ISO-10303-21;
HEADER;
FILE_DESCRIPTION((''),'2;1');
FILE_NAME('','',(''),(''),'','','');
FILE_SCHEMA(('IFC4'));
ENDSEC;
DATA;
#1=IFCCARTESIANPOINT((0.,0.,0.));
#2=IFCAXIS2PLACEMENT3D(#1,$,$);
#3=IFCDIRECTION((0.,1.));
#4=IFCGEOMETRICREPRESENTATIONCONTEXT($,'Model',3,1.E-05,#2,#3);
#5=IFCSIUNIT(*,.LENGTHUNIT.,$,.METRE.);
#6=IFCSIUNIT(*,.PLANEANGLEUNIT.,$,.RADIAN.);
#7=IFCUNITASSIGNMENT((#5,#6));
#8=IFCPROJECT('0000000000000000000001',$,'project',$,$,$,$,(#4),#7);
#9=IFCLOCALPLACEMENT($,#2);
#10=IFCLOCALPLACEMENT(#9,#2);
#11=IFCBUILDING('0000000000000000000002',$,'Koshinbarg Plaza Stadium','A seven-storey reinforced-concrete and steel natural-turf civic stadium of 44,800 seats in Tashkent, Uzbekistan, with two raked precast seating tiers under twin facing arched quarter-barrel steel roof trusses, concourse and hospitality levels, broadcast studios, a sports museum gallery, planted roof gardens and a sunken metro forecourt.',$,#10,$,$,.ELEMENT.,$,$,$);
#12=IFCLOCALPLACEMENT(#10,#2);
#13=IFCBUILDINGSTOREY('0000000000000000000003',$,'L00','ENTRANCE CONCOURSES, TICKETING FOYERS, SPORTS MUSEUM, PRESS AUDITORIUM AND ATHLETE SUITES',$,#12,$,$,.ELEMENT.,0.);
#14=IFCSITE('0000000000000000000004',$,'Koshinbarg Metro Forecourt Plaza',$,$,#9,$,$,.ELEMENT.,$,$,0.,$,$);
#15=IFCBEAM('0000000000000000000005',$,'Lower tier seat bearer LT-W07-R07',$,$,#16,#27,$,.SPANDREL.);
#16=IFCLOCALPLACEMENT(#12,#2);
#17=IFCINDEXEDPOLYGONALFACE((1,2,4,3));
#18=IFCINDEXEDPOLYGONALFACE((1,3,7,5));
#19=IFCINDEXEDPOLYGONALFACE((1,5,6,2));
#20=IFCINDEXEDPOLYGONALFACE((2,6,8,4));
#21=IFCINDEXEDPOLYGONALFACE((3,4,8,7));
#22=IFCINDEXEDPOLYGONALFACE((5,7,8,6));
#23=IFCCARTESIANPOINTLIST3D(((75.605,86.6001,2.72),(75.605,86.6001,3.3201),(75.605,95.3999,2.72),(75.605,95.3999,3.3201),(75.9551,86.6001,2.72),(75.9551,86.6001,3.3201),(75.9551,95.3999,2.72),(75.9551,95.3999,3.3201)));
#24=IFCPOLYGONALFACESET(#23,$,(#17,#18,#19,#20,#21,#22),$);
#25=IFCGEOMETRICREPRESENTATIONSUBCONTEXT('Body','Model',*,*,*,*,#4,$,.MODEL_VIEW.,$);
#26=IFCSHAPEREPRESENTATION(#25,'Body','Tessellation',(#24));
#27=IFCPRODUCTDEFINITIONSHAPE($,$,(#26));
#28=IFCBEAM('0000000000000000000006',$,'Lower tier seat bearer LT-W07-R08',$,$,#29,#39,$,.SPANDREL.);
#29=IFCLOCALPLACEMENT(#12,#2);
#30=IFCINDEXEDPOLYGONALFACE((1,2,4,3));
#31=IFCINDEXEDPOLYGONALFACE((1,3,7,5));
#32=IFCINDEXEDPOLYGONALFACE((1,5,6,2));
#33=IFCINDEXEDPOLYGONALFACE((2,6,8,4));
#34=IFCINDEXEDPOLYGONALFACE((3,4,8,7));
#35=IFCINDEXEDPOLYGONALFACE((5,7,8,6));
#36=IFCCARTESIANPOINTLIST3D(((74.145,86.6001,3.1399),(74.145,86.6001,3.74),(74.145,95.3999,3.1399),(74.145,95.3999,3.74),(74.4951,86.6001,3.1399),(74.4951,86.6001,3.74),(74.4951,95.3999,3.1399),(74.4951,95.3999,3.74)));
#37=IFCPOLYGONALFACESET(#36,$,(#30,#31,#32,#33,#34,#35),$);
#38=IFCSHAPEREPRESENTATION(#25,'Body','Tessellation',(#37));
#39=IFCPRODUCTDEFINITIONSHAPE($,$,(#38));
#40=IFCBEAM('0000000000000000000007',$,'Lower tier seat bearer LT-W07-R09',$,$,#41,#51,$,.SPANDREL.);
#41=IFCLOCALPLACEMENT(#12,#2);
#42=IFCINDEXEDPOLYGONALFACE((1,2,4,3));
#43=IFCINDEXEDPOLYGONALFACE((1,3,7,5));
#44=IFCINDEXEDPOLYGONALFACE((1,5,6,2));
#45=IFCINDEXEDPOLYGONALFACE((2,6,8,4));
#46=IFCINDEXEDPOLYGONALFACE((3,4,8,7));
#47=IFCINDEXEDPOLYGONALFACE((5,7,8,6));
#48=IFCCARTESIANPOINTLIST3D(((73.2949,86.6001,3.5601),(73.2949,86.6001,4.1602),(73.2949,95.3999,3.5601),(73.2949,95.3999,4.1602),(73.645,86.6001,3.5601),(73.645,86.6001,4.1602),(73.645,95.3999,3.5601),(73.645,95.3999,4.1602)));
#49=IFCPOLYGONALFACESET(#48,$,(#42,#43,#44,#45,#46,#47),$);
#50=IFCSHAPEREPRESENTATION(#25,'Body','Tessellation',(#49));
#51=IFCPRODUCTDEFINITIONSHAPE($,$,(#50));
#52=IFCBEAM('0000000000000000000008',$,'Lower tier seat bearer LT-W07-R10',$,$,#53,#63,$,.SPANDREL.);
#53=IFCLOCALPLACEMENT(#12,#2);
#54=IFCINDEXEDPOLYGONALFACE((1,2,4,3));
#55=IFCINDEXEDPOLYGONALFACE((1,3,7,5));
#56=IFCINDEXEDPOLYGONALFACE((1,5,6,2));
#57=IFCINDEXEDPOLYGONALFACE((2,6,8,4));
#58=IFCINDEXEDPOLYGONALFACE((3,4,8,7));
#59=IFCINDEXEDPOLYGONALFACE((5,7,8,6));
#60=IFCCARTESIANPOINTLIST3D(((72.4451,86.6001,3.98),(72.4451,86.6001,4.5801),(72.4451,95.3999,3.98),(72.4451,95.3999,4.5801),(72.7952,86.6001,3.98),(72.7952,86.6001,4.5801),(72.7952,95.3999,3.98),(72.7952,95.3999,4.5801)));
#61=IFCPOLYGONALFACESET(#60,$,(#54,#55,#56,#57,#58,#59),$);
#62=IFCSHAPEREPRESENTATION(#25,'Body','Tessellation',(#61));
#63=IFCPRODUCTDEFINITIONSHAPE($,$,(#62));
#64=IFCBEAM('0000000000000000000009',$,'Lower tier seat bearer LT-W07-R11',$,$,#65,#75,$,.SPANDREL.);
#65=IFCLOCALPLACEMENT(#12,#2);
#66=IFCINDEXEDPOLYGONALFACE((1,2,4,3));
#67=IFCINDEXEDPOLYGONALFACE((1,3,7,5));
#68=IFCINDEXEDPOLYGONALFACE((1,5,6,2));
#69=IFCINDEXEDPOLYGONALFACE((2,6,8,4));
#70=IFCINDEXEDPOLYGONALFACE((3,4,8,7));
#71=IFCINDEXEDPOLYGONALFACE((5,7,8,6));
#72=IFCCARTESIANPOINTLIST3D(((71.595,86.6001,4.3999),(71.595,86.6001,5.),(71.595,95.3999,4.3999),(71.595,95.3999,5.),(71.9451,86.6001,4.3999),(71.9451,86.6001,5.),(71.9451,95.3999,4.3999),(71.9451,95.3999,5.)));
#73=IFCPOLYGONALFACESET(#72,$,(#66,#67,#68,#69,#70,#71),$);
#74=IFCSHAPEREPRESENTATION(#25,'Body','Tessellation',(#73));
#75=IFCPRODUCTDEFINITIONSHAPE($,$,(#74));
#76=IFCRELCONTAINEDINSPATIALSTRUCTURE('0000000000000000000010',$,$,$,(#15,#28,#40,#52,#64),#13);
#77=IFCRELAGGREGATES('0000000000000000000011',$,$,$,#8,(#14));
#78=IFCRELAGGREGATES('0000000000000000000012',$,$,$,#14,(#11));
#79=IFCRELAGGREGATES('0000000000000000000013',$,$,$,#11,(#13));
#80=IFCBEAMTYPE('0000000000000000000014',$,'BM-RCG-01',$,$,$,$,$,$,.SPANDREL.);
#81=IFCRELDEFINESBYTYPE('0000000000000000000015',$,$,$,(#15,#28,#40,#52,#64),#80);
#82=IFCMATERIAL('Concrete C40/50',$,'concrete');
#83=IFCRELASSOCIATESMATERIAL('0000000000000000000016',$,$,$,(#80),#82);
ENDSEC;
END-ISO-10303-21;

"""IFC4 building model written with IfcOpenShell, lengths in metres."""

from ifc_helpers import new_model, si_unit, direction, frame, origin, origin_2d, place, context, subcontext, project, spatial, rectangle, extrude, material, material_profile, profile_set, type_object, element, save


model = new_model("IFC4")

# Units and contexts
model_context = context("Model", 3, precision=1e-05, world=origin(), true_north=direction((0.0, 1.0)))
body_context = subcontext(model_context, "Body", "Model", "MODEL_VIEW")
ifc_project = project(units=[si_unit("LENGTHUNIT", "METRE"), si_unit("PLANEANGLEUNIT", "RADIAN")], contexts=[model_context])

# Site, building, storey
site_placement = place(None, origin())
site = spatial("IfcSite", under=ifc_project, at=site_placement, Name="Koshinbarg Metro Forecourt Plaza", CompositionType="ELEMENT", RefElevation=0.0)
building_placement = place(site_placement, origin())
building = spatial("IfcBuilding", under=site, at=building_placement, Name="Koshinbarg Plaza Stadium", Description="A seven-storey reinforced-concrete and steel natural-turf civic stadium of 44,800 seats in Tashkent, Uzbekistan, with two raked precast seating tiers under twin facing arched quarter-barrel steel roof trusses, concourse and hospitality levels, broadcast studios, a sports museum gallery, planted roof gardens and a sunken metro forecourt.", CompositionType="ELEMENT")
storey_placement = place(building_placement, origin())
storey = spatial("IfcBuildingStorey", under=building, at=storey_placement, Name="L00", Description="ENTRANCE CONCOURSES, TICKETING FOYERS, SPORTS MUSEUM, PRESS AUDITORIUM AND ATHLETE SUITES", CompositionType="ELEMENT", Elevation=0.0)

# Shared definitions
ifc_material_1 = material(Name="Concrete C40/50", Category="concrete")

# Beams
ifc_material_profile_1 = material_profile(ifc_material_1, rectangle(XDim=0.3501, YDim=0.6001, at=origin_2d()), Name="RC 350x600")
ifc_profile_set_1 = profile_set([ifc_material_profile_1], Name="Concrete C40/50")
beam_type = type_object("IfcBeamType", Name="BM-RCG-01", PredefinedType="SPANDREL", material=ifc_profile_set_1)
for number, where, z_axis, x_axis, name in (
    (1, (75.78, 86.6001, 3.02), (0.0, 1.0, 0.0), (-1.0, 0.0, 0.0), "Lower tier seat bearer LT-W07-R07"),
    (2, (74.3201, 86.6001, 3.4399), (0.0, 1.0, 0.0), (-1.0, 0.0, 0.0), "Lower tier seat bearer LT-W07-R08"),
    (3, (73.47, 86.6001, 3.8601), (0.0, 1.0, 0.0), (-1.0, 0.0, 0.0), "Lower tier seat bearer LT-W07-R09"),
    (4, (72.6201, 86.6001, 4.28), (0.0, 1.0, 0.0), (-1.0, 0.0, 0.0), "Lower tier seat bearer LT-W07-R10"),
    (5, (71.77, 86.6001, 4.7), (0.0, 1.0, 0.0), (-1.0, 0.0, 0.0), "Lower tier seat bearer LT-W07-R11"),
):
    element("IfcBeam", number, at=place(storey_placement, frame(where, z_axis=z_axis, x_axis=x_axis)), inside=storey, type_object=beam_type, Name=name, PredefinedType="SPANDREL", context=body_context, shape_type="SweptSolid", body=[
        extrude(rectangle(XDim=0.3501, YDim=0.6001, at=origin_2d()), origin(), (0.0, 0.0, 1.0), 8.7998),
    ])

save(model, "model.ifc")
